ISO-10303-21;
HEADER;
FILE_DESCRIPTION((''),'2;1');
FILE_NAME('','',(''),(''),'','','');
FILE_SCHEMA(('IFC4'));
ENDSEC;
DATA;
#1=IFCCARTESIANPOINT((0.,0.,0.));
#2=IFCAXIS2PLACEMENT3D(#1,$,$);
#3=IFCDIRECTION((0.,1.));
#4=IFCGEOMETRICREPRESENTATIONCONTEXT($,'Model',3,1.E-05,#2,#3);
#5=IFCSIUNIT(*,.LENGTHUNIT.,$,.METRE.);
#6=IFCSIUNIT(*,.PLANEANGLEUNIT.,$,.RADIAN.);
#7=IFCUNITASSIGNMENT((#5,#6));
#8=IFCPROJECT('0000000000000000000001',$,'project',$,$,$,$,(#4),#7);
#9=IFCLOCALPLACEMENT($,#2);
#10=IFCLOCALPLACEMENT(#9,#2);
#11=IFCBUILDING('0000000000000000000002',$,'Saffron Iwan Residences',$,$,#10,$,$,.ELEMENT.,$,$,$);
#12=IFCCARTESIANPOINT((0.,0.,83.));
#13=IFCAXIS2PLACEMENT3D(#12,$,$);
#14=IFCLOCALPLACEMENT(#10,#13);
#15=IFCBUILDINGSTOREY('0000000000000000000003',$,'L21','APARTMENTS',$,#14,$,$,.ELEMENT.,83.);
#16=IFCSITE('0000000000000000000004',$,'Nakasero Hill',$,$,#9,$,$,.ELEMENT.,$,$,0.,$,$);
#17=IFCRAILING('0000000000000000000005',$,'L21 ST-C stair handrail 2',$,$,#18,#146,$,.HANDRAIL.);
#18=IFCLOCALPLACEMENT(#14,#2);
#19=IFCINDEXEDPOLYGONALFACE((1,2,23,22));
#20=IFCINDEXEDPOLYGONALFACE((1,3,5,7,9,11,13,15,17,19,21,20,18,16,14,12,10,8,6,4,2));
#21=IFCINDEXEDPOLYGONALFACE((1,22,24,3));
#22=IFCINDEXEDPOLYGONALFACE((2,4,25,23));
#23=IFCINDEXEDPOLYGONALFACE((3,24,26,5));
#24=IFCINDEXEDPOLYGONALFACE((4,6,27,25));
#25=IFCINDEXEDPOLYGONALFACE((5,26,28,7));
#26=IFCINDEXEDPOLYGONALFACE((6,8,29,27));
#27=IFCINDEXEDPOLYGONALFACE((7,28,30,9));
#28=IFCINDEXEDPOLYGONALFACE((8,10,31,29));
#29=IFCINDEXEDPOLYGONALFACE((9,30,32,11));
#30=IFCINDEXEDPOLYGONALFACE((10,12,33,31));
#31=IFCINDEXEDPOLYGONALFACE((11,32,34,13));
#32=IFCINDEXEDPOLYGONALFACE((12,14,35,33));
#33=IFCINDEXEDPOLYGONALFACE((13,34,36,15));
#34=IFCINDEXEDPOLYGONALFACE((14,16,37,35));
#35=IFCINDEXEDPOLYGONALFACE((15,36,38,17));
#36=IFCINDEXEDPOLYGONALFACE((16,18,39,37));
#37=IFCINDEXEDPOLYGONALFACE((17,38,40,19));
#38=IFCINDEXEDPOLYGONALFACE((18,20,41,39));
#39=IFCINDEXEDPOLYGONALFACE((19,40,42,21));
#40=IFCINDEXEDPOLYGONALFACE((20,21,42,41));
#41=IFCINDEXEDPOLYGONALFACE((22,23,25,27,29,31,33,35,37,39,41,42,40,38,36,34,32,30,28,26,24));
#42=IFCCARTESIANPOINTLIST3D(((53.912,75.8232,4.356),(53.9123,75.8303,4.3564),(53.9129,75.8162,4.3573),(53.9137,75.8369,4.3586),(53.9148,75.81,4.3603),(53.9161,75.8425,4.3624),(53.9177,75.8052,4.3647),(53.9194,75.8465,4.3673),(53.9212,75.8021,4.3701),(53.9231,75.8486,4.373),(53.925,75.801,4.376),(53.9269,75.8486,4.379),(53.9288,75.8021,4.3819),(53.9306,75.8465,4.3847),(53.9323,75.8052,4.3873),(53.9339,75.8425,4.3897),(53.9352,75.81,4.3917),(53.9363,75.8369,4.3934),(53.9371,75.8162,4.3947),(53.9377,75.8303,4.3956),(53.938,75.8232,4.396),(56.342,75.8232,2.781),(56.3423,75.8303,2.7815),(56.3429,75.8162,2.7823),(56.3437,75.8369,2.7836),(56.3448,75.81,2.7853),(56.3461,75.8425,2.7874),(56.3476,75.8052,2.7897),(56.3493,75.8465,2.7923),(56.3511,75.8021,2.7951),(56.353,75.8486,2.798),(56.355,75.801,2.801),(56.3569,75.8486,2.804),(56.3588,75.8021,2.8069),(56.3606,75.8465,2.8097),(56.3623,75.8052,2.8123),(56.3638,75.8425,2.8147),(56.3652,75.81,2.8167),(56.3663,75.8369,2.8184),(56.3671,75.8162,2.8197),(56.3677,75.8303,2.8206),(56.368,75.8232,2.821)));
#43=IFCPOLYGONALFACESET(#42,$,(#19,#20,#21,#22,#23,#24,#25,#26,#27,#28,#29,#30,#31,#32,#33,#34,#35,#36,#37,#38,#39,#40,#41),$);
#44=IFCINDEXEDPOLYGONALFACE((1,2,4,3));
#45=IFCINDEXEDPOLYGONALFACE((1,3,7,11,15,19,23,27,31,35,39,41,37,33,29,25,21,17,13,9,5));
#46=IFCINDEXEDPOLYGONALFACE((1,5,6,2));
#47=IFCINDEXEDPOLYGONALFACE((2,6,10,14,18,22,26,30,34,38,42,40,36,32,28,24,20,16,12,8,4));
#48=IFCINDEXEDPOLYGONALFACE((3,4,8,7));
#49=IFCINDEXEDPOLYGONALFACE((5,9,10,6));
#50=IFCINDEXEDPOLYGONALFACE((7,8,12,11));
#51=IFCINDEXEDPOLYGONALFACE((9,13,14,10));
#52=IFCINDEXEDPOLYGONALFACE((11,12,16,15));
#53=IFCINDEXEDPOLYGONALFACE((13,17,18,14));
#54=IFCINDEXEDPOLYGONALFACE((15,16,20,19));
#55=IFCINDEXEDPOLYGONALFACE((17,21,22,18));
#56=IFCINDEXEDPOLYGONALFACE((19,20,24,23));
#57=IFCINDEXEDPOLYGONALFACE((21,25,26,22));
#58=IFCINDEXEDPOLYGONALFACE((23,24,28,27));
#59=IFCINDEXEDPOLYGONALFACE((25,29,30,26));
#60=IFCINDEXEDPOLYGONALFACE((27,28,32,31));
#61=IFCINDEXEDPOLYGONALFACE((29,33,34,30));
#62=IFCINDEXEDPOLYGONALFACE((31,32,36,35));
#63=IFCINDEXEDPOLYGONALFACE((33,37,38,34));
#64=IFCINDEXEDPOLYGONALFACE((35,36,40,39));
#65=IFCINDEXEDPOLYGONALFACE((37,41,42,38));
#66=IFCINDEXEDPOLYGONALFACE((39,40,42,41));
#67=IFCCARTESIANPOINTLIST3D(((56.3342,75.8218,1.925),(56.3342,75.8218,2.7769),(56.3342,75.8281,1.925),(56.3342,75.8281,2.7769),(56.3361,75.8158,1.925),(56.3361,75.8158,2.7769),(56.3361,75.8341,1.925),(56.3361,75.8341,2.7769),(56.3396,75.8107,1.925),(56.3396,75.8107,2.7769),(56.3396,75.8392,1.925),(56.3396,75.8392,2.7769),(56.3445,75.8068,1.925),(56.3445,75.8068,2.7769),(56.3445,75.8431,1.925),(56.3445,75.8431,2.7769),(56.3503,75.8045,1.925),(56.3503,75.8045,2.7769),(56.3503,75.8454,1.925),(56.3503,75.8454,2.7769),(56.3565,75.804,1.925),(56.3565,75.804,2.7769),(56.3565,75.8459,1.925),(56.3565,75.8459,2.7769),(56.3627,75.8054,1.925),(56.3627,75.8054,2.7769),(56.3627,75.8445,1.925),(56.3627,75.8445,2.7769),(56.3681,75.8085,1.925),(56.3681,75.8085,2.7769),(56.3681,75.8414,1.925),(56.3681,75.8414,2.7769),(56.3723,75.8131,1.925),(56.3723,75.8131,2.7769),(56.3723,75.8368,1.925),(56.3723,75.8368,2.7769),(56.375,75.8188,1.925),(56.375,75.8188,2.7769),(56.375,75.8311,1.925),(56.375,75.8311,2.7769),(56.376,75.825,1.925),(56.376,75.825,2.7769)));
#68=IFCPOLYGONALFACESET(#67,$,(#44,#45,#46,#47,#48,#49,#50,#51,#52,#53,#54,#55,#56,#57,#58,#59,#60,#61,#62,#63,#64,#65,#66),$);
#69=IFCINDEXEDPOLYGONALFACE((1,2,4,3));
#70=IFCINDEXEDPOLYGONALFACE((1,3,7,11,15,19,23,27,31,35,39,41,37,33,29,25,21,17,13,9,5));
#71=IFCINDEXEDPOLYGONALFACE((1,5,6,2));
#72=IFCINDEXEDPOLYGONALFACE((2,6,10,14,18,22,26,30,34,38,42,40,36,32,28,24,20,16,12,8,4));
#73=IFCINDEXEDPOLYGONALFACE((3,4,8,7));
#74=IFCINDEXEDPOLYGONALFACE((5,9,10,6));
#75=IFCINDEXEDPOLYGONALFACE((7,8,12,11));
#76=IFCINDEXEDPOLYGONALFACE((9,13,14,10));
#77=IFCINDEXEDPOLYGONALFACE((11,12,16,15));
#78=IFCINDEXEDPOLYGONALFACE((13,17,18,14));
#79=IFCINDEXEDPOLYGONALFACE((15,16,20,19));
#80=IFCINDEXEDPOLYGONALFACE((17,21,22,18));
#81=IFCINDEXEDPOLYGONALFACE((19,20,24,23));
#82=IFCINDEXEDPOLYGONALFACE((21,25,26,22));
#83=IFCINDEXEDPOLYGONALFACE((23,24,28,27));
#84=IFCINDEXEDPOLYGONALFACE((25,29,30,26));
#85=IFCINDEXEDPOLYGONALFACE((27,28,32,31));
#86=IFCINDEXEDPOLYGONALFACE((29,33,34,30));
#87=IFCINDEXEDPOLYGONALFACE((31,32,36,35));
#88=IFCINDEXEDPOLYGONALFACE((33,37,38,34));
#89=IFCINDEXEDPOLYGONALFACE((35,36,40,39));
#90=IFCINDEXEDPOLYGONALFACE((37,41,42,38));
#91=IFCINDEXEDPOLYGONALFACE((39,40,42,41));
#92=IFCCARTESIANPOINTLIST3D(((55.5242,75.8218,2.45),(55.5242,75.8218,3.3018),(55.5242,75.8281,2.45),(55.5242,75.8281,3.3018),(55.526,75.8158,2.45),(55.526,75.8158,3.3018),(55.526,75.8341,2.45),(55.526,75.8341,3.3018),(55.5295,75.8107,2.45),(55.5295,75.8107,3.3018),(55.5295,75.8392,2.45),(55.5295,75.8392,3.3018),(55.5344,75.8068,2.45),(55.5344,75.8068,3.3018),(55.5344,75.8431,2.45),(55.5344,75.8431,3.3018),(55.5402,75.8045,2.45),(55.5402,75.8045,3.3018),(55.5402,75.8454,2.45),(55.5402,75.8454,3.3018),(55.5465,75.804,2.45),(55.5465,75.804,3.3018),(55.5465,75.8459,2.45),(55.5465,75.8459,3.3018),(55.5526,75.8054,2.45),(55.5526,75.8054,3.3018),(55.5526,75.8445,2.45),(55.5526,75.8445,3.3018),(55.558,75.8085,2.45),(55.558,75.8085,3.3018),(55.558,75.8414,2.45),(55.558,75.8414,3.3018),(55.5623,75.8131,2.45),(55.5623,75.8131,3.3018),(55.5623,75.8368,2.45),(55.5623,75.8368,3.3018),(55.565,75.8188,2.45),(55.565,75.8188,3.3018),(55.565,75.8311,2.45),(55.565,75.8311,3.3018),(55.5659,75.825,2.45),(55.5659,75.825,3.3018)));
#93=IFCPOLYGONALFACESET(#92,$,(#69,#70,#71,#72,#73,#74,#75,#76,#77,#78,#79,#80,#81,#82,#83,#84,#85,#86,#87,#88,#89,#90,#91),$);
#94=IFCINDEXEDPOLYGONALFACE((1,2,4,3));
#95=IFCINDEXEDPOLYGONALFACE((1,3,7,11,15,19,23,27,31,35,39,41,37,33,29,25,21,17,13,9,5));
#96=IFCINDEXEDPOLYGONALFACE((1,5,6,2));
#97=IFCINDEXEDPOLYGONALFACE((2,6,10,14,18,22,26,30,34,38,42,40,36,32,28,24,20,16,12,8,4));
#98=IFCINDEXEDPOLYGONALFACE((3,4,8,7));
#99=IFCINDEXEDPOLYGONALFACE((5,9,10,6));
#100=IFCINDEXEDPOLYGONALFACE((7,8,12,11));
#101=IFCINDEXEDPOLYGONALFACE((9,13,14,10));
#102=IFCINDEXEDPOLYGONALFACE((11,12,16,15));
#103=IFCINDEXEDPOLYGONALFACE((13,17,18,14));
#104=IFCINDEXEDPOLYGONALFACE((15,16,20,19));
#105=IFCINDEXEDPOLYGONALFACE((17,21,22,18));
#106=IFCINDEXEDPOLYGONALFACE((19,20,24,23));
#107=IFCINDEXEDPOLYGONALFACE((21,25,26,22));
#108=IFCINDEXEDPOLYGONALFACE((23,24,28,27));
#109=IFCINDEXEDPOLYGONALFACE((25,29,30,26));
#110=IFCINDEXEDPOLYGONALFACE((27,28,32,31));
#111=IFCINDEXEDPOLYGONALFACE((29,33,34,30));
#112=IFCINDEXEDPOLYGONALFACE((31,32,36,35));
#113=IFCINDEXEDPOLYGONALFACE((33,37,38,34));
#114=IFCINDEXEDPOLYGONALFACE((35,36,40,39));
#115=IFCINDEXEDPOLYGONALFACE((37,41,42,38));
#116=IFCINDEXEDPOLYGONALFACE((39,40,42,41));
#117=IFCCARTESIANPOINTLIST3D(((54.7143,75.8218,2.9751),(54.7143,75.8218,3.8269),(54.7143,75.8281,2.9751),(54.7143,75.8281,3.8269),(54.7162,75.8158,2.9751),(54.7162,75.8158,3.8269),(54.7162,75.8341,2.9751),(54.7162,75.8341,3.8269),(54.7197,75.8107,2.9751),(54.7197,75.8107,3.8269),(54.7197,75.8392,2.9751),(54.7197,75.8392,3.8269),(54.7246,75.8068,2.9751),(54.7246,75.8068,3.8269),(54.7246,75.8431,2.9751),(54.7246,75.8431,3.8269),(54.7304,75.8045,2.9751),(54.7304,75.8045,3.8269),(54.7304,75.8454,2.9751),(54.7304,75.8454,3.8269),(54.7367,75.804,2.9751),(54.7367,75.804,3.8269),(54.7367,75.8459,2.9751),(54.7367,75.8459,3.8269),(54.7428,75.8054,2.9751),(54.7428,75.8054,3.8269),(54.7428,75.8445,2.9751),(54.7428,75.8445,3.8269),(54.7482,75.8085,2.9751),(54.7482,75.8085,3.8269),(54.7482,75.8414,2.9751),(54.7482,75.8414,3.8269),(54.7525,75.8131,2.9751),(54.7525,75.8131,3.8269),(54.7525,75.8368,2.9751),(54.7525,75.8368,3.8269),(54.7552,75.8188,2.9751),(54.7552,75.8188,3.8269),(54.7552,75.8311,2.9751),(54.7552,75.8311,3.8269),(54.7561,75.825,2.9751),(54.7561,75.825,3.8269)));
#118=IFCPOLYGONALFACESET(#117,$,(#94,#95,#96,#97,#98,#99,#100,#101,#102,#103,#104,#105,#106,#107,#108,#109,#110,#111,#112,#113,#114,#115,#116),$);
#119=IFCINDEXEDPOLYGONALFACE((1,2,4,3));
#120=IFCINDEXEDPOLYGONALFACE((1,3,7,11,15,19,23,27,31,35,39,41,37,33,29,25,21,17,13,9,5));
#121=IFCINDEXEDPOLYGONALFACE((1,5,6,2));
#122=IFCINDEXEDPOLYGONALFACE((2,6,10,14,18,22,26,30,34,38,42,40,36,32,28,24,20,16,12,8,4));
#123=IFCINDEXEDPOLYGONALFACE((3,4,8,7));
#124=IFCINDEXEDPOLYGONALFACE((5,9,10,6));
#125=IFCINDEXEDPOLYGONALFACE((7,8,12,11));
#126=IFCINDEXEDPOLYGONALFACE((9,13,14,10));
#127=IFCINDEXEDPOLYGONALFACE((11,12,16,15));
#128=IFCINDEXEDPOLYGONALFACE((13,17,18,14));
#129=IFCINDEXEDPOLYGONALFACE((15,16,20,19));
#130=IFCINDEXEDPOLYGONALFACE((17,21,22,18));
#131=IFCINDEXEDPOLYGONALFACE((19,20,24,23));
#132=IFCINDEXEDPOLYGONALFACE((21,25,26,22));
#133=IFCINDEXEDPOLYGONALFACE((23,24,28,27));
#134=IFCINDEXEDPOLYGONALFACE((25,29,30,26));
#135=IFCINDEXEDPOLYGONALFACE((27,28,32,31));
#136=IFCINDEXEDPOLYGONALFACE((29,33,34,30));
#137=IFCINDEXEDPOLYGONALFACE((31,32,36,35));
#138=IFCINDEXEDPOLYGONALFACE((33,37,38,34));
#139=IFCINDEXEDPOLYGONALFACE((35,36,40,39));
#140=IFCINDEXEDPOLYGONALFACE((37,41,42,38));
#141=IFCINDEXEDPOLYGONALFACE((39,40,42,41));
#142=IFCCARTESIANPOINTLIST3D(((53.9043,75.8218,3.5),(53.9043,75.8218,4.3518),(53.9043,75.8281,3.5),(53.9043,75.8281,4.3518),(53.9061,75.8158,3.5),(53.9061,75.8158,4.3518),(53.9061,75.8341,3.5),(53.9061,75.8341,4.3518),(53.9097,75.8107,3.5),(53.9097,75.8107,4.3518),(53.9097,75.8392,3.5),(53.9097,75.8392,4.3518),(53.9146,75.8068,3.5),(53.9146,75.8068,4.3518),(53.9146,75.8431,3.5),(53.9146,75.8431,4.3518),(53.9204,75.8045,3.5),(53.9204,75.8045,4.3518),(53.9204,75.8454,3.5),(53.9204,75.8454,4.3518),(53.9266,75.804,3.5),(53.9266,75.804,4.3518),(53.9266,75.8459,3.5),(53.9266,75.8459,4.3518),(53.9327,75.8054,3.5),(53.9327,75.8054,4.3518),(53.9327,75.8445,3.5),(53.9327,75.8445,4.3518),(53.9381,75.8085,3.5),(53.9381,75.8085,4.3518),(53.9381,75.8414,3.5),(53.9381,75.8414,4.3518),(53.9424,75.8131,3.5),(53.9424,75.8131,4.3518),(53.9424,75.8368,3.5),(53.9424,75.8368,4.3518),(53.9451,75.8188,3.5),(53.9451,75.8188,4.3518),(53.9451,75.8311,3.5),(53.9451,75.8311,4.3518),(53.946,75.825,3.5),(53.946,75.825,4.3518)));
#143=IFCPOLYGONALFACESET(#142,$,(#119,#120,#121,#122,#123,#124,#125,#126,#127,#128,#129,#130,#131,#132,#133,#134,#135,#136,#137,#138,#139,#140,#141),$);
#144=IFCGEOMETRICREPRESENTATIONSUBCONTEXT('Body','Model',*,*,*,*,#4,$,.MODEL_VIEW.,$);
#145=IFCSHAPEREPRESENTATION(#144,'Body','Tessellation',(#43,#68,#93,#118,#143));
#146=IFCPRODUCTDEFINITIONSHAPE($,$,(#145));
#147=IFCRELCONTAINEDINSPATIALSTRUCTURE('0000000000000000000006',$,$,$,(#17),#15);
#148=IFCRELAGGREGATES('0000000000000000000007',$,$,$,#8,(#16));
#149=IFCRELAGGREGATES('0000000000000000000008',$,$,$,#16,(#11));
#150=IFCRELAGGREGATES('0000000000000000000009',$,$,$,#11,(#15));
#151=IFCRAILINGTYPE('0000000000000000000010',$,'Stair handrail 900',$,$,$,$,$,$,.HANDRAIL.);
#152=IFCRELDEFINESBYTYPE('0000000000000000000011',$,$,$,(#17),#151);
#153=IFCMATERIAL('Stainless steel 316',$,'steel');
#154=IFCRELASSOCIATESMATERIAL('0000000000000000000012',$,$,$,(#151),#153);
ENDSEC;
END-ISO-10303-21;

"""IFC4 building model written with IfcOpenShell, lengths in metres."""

from ifc_helpers import new_model, si_unit, direction, frame, origin, origin_2d, place, context, subcontext, project, spatial, circle, extrude, material, type_object, element, save


model = new_model("IFC4")

# Units and contexts
model_context = context("Model", 3, precision=1e-05, world=origin(), true_north=direction((0.0, 1.0)))
body_context = subcontext(model_context, "Body", "Model", "MODEL_VIEW")
ifc_project = project(units=[si_unit("LENGTHUNIT", "METRE"), si_unit("PLANEANGLEUNIT", "RADIAN")], contexts=[model_context])

# Site, building, storey
site_placement = place(None, origin())
site = spatial("IfcSite", under=ifc_project, at=site_placement, Name="Nakasero Hill", CompositionType="ELEMENT", RefElevation=0.0)
building_placement = place(site_placement, origin())
building = spatial("IfcBuilding", under=site, at=building_placement, Name="Saffron Iwan Residences", CompositionType="ELEMENT")
storey_placement = place(building_placement, frame((0.0, 0.0, 83.0)))
storey = spatial("IfcBuildingStorey", under=building, at=storey_placement, Name="L21", Description="APARTMENTS", CompositionType="ELEMENT", Elevation=83.0)

# Railing
ifc_material_1 = material(Name="Stainless steel 316", Category="steel")
railing_type_1 = type_object("IfcRailingType", Name="Stair handrail 900", PredefinedType="HANDRAIL", material=ifc_material_1)
railing_1_placement = place(storey_placement, frame((56.355, 75.825, 1.925)))
element("IfcRailing", 1, at=railing_1_placement, inside=storey, type_object=railing_type_1, Name="L21 ST-C stair handrail 2", PredefinedType="HANDRAIL", context=body_context, shape_type="SweptSolid", body=[
    extrude(circle(Radius=0.0239, at=origin_2d()), frame((0.0, 0.0, 0.876), z_axis=(-0.839154, 0.0, 0.543894), x_axis=(0.0, -1.0, 0.0)), (0.0, 0.0, 1.0), 2.8958),
    extrude(circle(Radius=0.021, at=origin_2d()), origin(), (0.0, 0.0, 1.0), 0.8518),
    extrude(circle(Radius=0.021, at=origin_2d()), frame((-0.8101, 0.0, 0.5249)), (0.0, 0.0, 1.0), 0.8518),
    extrude(circle(Radius=0.021, at=origin_2d()), frame((-1.6199, 0.0, 1.05)), (0.0, 0.0, 1.0), 0.8518),
    extrude(circle(Radius=0.021, at=origin_2d()), frame((-2.4299, 0.0, 1.575)), (0.0, 0.0, 1.0), 0.8518),
])

save(model, "model.ifc")
